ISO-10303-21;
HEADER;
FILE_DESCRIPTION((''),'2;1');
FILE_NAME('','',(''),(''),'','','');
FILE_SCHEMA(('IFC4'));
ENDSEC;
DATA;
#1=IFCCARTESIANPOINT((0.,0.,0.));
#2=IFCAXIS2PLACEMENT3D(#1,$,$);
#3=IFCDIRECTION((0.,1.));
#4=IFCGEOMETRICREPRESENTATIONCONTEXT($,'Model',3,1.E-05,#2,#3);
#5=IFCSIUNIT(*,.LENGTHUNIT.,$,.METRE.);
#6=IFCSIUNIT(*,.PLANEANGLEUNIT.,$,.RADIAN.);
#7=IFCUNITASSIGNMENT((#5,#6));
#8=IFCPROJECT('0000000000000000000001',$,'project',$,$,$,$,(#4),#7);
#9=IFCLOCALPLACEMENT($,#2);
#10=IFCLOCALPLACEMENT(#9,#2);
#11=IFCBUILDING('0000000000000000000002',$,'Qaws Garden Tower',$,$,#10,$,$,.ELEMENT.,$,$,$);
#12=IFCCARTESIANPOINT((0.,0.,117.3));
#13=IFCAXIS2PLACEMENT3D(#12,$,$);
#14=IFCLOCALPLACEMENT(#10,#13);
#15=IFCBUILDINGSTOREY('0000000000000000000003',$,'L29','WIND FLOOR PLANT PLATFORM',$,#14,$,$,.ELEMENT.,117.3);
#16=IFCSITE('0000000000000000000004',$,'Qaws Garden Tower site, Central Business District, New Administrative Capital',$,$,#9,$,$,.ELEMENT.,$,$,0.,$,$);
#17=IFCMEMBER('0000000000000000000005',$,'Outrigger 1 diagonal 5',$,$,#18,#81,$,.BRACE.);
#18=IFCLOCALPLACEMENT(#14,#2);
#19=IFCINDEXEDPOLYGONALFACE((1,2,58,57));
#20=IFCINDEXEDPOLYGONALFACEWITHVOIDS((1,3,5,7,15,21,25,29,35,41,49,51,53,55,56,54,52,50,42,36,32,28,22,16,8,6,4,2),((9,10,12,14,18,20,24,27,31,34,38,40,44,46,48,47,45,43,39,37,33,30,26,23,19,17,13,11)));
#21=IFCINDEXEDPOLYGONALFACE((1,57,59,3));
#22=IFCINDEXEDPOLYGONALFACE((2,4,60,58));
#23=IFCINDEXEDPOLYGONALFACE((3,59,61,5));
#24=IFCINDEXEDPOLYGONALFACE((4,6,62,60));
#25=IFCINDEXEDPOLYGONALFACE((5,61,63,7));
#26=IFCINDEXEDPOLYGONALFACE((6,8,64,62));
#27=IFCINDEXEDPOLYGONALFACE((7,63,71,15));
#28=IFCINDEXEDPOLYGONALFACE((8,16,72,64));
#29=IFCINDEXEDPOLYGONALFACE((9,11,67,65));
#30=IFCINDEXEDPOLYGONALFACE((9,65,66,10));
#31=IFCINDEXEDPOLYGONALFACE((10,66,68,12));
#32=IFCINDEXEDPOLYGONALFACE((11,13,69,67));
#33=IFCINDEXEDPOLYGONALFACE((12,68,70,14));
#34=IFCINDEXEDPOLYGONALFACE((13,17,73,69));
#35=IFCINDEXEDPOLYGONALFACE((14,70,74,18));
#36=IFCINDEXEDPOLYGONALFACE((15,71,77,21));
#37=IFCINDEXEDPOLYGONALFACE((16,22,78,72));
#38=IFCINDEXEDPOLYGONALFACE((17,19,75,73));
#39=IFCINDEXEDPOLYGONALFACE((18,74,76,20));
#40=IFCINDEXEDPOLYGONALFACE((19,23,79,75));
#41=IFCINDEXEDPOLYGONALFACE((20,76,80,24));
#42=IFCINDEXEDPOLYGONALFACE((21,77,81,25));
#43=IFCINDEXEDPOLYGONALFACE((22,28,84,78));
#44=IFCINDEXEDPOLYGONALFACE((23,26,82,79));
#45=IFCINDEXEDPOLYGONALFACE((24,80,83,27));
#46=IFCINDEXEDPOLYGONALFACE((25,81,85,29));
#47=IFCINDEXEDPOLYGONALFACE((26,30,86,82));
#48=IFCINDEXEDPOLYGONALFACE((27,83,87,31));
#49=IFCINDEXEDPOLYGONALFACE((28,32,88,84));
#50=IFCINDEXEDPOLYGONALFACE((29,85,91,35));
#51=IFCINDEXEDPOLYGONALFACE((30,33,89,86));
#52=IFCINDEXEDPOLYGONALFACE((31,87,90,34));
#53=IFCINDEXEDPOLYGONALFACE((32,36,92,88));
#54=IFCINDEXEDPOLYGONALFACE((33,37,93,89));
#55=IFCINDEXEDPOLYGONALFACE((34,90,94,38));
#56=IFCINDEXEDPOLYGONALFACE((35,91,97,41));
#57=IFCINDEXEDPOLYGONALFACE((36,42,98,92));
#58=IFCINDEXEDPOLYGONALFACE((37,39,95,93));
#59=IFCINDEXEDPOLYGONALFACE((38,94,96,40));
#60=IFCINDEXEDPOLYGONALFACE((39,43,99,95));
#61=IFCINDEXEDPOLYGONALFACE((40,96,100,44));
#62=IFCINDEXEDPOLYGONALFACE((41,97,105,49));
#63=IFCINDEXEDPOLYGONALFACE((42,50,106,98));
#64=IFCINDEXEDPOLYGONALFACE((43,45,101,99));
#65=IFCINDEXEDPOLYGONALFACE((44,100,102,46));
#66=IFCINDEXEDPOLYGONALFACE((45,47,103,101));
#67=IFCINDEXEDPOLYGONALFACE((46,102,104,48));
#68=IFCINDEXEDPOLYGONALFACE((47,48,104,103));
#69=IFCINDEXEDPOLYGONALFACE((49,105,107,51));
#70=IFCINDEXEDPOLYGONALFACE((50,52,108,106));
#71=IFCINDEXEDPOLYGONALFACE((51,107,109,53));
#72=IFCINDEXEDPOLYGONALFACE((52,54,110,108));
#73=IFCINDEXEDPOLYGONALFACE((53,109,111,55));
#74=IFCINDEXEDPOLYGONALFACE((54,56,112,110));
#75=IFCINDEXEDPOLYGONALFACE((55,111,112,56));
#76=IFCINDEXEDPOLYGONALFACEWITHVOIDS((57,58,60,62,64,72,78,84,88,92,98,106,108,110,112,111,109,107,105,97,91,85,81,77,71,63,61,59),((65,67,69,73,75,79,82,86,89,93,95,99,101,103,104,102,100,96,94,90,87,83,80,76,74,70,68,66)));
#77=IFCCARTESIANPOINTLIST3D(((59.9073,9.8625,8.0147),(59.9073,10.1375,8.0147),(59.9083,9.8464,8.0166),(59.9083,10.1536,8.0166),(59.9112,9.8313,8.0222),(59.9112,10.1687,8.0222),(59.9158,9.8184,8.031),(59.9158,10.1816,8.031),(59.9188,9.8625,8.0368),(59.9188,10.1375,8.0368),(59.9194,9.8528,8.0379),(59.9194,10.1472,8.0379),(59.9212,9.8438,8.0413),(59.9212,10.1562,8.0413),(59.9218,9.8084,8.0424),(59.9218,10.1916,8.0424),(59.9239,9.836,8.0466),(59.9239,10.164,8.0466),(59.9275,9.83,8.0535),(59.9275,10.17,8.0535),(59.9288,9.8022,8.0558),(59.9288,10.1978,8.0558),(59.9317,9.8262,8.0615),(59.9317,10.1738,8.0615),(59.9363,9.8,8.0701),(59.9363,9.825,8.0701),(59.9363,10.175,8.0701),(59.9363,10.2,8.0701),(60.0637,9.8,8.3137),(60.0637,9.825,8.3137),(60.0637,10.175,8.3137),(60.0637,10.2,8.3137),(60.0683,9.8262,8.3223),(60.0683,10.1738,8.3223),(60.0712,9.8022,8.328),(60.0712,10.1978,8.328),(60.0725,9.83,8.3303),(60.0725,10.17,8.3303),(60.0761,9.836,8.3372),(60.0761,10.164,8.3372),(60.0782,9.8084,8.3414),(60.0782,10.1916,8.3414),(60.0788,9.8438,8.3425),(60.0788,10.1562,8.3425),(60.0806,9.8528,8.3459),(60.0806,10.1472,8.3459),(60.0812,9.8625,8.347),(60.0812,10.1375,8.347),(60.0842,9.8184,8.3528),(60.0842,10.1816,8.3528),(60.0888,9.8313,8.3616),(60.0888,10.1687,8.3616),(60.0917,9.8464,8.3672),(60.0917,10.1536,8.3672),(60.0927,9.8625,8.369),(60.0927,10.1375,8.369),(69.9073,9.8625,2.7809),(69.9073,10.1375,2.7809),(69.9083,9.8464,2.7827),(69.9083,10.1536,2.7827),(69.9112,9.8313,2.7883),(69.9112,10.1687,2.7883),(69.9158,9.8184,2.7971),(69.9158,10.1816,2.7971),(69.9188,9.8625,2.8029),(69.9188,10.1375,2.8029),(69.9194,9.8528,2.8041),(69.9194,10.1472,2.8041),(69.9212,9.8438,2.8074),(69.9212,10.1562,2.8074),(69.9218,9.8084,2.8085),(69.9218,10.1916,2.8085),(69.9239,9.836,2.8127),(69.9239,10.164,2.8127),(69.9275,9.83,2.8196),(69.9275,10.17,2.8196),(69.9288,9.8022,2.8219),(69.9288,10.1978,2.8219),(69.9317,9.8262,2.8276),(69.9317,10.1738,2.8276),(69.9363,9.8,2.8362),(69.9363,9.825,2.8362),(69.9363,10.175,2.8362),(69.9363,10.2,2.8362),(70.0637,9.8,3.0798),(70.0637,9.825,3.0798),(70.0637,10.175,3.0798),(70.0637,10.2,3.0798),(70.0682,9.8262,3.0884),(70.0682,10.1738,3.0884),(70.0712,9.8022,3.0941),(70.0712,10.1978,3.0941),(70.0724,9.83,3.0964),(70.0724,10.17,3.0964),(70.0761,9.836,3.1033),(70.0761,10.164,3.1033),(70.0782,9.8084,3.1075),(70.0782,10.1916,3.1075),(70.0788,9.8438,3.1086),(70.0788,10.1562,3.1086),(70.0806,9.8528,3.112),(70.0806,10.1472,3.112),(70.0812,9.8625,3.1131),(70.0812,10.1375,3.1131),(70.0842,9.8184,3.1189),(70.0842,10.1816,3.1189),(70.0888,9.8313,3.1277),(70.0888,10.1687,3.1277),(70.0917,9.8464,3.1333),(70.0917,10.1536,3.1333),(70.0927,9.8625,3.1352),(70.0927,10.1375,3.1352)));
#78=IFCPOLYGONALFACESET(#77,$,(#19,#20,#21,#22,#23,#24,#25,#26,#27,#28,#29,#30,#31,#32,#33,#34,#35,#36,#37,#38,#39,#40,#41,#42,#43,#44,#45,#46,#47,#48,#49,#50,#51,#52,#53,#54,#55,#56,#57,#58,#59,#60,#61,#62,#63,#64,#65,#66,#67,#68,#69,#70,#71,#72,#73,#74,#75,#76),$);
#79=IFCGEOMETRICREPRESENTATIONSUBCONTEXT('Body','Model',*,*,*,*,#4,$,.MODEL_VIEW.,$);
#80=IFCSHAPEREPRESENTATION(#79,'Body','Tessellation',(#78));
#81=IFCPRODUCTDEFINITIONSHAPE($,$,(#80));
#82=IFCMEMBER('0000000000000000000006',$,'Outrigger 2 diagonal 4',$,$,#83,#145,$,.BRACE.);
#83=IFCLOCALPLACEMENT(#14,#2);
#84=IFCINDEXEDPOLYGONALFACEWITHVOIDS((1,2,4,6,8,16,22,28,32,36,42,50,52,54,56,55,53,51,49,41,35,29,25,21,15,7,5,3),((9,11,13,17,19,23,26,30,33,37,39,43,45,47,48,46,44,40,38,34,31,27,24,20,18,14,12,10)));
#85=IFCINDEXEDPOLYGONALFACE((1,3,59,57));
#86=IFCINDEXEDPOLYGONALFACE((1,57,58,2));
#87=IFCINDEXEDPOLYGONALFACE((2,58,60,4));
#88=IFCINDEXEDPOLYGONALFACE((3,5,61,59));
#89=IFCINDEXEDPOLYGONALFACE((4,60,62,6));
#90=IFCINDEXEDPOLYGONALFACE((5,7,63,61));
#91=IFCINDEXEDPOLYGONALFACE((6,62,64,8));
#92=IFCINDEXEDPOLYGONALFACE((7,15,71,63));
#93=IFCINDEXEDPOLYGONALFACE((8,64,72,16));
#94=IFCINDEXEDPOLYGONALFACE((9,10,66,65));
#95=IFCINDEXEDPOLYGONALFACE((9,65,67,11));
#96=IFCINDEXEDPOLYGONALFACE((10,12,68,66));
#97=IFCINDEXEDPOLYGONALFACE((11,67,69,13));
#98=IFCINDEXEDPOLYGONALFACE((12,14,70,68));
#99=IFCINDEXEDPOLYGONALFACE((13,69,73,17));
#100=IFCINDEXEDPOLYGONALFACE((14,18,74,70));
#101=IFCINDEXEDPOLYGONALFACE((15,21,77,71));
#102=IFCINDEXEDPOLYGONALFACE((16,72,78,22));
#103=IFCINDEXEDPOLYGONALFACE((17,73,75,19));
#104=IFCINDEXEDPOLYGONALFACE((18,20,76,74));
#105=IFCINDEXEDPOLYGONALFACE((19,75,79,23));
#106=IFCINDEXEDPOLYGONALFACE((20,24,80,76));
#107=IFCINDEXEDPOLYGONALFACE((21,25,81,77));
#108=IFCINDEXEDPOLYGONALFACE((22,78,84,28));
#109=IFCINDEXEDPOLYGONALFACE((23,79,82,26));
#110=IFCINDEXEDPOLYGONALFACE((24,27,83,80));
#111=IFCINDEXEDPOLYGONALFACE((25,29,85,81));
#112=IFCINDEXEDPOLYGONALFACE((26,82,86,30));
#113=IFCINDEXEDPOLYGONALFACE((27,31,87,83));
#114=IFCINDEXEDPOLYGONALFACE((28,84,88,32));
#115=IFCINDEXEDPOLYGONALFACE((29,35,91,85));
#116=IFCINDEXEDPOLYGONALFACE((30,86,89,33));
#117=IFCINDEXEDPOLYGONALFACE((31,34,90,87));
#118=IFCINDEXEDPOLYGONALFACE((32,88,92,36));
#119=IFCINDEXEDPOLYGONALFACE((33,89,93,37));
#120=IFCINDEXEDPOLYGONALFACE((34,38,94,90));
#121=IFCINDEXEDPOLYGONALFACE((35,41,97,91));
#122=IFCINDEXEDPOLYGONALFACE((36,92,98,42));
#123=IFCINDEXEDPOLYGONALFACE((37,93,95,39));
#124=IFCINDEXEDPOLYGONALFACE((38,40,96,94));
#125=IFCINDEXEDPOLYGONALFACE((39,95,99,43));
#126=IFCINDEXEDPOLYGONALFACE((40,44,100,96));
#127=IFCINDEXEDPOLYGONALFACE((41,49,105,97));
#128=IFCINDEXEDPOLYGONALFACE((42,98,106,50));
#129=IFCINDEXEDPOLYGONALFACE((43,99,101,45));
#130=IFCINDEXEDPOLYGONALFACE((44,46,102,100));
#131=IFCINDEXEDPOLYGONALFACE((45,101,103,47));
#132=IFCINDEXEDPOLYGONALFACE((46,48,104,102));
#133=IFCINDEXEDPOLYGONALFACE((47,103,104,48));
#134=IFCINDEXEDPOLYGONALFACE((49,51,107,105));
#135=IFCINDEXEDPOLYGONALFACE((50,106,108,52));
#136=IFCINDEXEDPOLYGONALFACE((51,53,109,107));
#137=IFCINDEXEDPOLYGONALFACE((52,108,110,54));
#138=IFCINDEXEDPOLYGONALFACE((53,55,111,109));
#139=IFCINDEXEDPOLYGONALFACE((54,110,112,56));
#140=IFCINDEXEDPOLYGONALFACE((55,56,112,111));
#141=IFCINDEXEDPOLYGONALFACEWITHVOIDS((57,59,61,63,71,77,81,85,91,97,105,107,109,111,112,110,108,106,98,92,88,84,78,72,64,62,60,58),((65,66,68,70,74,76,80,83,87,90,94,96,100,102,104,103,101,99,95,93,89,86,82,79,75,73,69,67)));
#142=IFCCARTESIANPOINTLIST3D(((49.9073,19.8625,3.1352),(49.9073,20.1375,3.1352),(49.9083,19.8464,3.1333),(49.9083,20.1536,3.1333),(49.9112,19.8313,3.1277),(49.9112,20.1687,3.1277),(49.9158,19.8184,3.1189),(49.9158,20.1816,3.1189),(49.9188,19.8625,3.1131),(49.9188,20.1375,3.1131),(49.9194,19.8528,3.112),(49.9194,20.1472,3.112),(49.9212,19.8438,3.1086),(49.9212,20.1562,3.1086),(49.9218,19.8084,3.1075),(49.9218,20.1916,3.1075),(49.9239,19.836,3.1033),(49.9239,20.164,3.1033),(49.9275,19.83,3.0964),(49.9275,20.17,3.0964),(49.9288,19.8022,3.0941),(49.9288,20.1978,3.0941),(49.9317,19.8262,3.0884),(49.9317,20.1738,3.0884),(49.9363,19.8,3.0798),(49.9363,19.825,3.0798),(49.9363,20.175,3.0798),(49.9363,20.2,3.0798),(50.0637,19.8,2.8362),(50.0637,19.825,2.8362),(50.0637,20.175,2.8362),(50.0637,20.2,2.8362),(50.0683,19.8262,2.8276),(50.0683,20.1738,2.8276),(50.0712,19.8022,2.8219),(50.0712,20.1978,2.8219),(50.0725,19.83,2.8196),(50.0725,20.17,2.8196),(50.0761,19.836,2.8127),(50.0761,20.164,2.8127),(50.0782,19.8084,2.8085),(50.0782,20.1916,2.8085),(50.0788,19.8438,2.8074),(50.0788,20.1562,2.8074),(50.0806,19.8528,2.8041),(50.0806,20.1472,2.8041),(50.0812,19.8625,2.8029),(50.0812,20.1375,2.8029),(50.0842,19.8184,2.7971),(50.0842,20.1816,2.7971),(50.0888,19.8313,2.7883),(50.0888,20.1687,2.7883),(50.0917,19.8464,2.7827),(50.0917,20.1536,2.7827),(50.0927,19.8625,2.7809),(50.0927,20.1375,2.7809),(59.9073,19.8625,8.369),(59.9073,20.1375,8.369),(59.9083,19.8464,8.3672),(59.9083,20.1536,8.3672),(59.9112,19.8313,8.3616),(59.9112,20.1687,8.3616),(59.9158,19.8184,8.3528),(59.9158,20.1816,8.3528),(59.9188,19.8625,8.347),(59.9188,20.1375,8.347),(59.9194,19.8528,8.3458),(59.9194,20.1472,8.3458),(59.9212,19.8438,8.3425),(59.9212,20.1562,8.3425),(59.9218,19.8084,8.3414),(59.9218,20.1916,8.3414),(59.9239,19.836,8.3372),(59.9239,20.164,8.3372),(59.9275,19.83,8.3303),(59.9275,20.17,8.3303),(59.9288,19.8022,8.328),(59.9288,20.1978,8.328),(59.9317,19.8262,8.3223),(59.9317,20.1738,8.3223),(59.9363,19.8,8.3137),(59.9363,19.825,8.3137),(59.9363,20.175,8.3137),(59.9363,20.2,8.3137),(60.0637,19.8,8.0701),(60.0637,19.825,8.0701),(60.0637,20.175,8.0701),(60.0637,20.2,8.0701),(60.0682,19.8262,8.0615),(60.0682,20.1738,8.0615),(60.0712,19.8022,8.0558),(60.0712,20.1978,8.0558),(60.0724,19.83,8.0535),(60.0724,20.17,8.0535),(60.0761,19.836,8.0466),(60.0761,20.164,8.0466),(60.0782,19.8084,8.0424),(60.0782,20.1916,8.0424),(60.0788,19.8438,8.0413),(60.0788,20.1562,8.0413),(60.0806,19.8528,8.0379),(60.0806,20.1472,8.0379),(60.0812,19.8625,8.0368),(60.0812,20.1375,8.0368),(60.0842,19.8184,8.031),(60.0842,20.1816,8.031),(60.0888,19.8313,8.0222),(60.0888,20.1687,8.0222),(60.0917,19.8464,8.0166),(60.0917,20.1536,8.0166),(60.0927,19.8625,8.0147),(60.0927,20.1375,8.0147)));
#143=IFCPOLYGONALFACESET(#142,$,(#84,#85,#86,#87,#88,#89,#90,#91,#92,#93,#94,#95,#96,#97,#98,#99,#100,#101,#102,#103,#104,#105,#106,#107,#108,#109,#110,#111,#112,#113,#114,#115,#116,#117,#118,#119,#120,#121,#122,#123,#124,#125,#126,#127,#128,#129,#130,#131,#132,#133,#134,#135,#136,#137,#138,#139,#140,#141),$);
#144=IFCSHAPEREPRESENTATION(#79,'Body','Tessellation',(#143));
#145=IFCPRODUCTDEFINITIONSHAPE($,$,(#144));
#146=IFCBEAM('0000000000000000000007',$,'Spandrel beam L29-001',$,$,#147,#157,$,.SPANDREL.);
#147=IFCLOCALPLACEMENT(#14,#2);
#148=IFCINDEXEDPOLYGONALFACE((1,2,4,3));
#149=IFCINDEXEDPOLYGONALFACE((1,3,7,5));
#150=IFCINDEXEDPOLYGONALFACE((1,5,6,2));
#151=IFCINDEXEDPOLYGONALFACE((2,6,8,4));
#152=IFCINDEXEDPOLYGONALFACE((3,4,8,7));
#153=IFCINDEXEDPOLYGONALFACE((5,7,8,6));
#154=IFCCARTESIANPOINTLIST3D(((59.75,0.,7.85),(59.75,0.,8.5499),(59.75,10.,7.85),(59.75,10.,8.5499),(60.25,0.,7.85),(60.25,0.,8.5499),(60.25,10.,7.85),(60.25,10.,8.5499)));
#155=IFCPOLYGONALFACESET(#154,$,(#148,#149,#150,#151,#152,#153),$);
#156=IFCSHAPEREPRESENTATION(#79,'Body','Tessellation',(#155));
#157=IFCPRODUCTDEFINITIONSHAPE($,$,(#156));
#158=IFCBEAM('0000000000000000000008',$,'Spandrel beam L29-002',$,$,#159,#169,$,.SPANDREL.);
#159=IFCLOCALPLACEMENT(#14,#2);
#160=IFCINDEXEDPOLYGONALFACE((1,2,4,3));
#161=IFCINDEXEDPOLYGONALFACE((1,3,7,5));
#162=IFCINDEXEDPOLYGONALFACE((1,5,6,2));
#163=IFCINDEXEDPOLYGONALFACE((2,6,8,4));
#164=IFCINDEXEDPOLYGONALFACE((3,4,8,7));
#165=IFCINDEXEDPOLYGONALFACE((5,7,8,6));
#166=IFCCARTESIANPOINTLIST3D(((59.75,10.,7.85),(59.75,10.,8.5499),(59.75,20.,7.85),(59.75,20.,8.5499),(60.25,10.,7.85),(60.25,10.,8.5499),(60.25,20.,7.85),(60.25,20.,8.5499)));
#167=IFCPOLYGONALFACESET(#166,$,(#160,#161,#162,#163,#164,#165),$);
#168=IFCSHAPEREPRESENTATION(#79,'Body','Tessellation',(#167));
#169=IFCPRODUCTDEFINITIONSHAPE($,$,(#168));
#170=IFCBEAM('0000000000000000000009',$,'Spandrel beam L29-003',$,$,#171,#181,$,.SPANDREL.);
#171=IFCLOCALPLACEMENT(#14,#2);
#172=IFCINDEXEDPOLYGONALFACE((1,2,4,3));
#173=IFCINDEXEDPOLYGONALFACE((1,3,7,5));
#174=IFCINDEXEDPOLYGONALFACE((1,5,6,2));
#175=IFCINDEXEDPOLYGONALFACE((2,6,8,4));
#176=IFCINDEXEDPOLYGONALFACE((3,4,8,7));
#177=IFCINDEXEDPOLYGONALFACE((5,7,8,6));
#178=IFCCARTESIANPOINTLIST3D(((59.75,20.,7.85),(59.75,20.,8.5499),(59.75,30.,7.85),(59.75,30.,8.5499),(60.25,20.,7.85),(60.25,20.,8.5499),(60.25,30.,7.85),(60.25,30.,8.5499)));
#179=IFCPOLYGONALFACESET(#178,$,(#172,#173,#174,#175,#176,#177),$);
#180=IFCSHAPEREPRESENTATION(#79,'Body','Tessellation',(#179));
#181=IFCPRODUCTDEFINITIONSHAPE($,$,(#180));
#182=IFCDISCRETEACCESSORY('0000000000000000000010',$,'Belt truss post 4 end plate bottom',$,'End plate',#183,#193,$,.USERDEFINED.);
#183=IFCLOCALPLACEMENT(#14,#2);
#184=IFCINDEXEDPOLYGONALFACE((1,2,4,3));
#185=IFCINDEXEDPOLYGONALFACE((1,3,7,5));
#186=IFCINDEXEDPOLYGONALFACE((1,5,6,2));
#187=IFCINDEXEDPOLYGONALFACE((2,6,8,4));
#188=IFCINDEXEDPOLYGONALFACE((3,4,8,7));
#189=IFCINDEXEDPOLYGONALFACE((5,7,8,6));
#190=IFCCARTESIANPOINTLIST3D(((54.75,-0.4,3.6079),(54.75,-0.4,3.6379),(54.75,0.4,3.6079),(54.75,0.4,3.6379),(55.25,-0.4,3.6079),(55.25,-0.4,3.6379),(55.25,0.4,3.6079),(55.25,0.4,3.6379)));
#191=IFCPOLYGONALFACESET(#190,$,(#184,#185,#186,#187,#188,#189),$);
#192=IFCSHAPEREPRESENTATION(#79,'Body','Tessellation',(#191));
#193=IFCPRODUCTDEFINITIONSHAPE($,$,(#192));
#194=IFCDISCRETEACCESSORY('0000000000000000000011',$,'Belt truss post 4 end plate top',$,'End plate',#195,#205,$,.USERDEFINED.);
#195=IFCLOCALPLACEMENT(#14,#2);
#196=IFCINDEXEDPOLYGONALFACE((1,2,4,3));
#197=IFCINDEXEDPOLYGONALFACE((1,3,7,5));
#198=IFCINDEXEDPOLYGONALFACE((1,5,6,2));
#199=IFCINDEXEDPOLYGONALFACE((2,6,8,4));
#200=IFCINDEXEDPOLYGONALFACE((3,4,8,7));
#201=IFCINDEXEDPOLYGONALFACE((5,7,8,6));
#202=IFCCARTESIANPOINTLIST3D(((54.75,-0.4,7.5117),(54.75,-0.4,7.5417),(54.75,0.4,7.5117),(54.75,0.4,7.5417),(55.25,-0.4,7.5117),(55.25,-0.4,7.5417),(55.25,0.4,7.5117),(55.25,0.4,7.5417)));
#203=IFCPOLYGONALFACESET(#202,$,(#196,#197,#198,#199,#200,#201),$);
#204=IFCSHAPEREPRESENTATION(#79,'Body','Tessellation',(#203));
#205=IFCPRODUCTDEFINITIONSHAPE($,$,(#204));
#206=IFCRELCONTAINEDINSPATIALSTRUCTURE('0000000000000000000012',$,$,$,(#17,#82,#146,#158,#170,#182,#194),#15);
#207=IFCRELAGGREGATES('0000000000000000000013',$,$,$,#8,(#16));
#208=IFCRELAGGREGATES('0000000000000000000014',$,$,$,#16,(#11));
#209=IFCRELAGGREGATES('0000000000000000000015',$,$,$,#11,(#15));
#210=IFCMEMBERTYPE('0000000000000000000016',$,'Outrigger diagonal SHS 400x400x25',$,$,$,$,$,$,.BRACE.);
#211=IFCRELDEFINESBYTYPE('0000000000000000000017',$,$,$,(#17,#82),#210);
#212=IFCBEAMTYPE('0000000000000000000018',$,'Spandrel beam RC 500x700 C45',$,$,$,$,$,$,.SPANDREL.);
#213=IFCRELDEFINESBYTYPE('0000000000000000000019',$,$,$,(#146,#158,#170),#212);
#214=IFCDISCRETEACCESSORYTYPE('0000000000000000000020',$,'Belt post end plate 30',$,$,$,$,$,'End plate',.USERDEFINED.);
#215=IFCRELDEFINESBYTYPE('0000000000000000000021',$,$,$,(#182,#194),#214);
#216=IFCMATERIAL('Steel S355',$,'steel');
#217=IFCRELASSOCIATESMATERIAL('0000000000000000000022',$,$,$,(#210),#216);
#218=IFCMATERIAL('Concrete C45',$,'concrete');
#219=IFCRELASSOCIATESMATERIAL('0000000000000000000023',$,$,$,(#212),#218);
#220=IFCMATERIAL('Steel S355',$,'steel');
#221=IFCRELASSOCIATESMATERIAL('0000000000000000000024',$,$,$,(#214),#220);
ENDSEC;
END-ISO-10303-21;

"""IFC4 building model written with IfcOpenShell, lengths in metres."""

from ifc_helpers import new_model, si_unit, direction, frame, origin, origin_2d, place, context, subcontext, project, spatial, rectangle, hollow_rectangle, extrude, material, material_profile, profile_set, type_object, element, save


model = new_model("IFC4")

# Units and contexts
model_context = context("Model", 3, precision=1e-05, world=origin(), true_north=direction((0.0, 1.0)))
body_context = subcontext(model_context, "Body", "Model", "MODEL_VIEW")
ifc_project = project(units=[si_unit("LENGTHUNIT", "METRE"), si_unit("PLANEANGLEUNIT", "RADIAN")], contexts=[model_context])

# Site, building, storey
site_placement = place(None, origin())
site = spatial("IfcSite", under=ifc_project, at=site_placement, Name="Qaws Garden Tower site, Central Business District, New Administrative Capital", CompositionType="ELEMENT", RefElevation=0.0)
building_placement = place(site_placement, origin())
building = spatial("IfcBuilding", under=site, at=building_placement, Name="Qaws Garden Tower", CompositionType="ELEMENT")
storey_placement = place(building_placement, frame((0.0, 0.0, 117.3)))
storey = spatial("IfcBuildingStorey", under=building, at=storey_placement, Name="L29", Description="WIND FLOOR PLANT PLATFORM", CompositionType="ELEMENT", Elevation=117.3)

# Members
placement = place(storey_placement, frame((55.0, 0.0, 3.6079), z_axis=(0.0, 0.0, 1.0), x_axis=(1.0, 0.0, 0.0)))
ifc_material_1 = material(Name="Steel S355", Category="steel")
ifc_material_profile_1 = material_profile(ifc_material_1, hollow_rectangle(XDim=0.3999, YDim=0.3999, WallThickness=0.0249, InnerFilletRadius=0.0376, OuterFilletRadius=0.0625, at=origin_2d()), Name="SHS 400x400x25")
ifc_profile_set_1 = profile_set([ifc_material_profile_1], Name="Steel S355")
member_type_1 = type_object("IfcMemberType", Name="Outrigger diagonal SHS 400x400x25", PredefinedType="BRACE", material=ifc_profile_set_1)
for number, where, z_axis, x_axis, name in (
    (1, (60.0, 10.0, 8.1919), (0.885985, 0.0, -0.463714), (0.0, 1.0, 0.0), "Outrigger 1 diagonal 5"),
    (2, (50.0, 20.0, 2.958), (0.885985, 0.0, 0.463714), (0.0, 1.0, 0.0), "Outrigger 2 diagonal 4"),
):
    element("IfcMember", number, at=place(storey_placement, frame(where, z_axis=z_axis, x_axis=x_axis)), inside=storey, type_object=member_type_1, Name=name, PredefinedType="BRACE", context=body_context, shape_type="SweptSolid", body=[
        extrude(hollow_rectangle(XDim=0.3999, YDim=0.3999, WallThickness=0.0249, InnerFilletRadius=0.0376, OuterFilletRadius=0.0625, at=origin_2d()), origin(), (0.0, 0.0, 1.0), 11.2869),
    ])

# Beams
ifc_material_2 = material(Name="Concrete C45", Category="concrete")
ifc_material_profile_2 = material_profile(ifc_material_2, rectangle(XDim=0.5, YDim=0.7, at=origin_2d()), Name="RC 500x700")
ifc_profile_set_2 = profile_set([ifc_material_profile_2], Name="Concrete C45")
beam_type = type_object("IfcBeamType", Name="Spandrel beam RC 500x700 C45", PredefinedType="SPANDREL", material=ifc_profile_set_2)
for number, where, z_axis, x_axis, name in (
    (3, (60.0, 0.0, 8.2), (0.0, 1.0, 0.0), (-1.0, 0.0, 0.0), "Spandrel beam L29-001"),
    (4, (60.0, 10.0, 8.2), (0.0, 1.0, 0.0), (-1.0, 0.0, 0.0), "Spandrel beam L29-002"),
    (5, (60.0, 20.0, 8.2), (0.0, 1.0, 0.0), (-1.0, 0.0, 0.0), "Spandrel beam L29-003"),
):
    element("IfcBeam", number, at=place(storey_placement, frame(where, z_axis=z_axis, x_axis=x_axis)), inside=storey, type_object=beam_type, Name=name, PredefinedType="SPANDREL", context=body_context, shape_type="SweptSolid", body=[
        extrude(rectangle(XDim=0.5, YDim=0.7, at=origin_2d()), origin(), (0.0, 0.0, 1.0), 10.0),
    ])

# Discrete accessories
ifc_material_3 = material(Name="Steel S355", Category="steel")
discrete_accessory_type = type_object("IfcDiscreteAccessoryType", Name="Belt post end plate 30", ElementType="End plate", PredefinedType="USERDEFINED", material=ifc_material_3)
element("IfcDiscreteAccessory", 6, at=placement, inside=storey, type_object=discrete_accessory_type, Name="Belt truss post 4 end plate bottom", ObjectType="End plate", PredefinedType="USERDEFINED", context=body_context, shape_type="SweptSolid", body=[
    extrude(rectangle(XDim=0.5, YDim=0.8, at=origin_2d()), origin(), (0.0, 0.0, 1.0), 0.03),
])
discrete_accessory_1_placement = place(storey_placement, frame((55.0, 0.0, 7.5117), z_axis=(0.0, 0.0, 1.0), x_axis=(1.0, 0.0, 0.0)))
element("IfcDiscreteAccessory", 7, at=discrete_accessory_1_placement, inside=storey, type_object=discrete_accessory_type, Name="Belt truss post 4 end plate top", ObjectType="End plate", PredefinedType="USERDEFINED", context=body_context, shape_type="SweptSolid", body=[
    extrude(rectangle(XDim=0.5, YDim=0.8, at=origin_2d()), origin(), (0.0, 0.0, 1.0), 0.03),
])

save(model, "model.ifc")
